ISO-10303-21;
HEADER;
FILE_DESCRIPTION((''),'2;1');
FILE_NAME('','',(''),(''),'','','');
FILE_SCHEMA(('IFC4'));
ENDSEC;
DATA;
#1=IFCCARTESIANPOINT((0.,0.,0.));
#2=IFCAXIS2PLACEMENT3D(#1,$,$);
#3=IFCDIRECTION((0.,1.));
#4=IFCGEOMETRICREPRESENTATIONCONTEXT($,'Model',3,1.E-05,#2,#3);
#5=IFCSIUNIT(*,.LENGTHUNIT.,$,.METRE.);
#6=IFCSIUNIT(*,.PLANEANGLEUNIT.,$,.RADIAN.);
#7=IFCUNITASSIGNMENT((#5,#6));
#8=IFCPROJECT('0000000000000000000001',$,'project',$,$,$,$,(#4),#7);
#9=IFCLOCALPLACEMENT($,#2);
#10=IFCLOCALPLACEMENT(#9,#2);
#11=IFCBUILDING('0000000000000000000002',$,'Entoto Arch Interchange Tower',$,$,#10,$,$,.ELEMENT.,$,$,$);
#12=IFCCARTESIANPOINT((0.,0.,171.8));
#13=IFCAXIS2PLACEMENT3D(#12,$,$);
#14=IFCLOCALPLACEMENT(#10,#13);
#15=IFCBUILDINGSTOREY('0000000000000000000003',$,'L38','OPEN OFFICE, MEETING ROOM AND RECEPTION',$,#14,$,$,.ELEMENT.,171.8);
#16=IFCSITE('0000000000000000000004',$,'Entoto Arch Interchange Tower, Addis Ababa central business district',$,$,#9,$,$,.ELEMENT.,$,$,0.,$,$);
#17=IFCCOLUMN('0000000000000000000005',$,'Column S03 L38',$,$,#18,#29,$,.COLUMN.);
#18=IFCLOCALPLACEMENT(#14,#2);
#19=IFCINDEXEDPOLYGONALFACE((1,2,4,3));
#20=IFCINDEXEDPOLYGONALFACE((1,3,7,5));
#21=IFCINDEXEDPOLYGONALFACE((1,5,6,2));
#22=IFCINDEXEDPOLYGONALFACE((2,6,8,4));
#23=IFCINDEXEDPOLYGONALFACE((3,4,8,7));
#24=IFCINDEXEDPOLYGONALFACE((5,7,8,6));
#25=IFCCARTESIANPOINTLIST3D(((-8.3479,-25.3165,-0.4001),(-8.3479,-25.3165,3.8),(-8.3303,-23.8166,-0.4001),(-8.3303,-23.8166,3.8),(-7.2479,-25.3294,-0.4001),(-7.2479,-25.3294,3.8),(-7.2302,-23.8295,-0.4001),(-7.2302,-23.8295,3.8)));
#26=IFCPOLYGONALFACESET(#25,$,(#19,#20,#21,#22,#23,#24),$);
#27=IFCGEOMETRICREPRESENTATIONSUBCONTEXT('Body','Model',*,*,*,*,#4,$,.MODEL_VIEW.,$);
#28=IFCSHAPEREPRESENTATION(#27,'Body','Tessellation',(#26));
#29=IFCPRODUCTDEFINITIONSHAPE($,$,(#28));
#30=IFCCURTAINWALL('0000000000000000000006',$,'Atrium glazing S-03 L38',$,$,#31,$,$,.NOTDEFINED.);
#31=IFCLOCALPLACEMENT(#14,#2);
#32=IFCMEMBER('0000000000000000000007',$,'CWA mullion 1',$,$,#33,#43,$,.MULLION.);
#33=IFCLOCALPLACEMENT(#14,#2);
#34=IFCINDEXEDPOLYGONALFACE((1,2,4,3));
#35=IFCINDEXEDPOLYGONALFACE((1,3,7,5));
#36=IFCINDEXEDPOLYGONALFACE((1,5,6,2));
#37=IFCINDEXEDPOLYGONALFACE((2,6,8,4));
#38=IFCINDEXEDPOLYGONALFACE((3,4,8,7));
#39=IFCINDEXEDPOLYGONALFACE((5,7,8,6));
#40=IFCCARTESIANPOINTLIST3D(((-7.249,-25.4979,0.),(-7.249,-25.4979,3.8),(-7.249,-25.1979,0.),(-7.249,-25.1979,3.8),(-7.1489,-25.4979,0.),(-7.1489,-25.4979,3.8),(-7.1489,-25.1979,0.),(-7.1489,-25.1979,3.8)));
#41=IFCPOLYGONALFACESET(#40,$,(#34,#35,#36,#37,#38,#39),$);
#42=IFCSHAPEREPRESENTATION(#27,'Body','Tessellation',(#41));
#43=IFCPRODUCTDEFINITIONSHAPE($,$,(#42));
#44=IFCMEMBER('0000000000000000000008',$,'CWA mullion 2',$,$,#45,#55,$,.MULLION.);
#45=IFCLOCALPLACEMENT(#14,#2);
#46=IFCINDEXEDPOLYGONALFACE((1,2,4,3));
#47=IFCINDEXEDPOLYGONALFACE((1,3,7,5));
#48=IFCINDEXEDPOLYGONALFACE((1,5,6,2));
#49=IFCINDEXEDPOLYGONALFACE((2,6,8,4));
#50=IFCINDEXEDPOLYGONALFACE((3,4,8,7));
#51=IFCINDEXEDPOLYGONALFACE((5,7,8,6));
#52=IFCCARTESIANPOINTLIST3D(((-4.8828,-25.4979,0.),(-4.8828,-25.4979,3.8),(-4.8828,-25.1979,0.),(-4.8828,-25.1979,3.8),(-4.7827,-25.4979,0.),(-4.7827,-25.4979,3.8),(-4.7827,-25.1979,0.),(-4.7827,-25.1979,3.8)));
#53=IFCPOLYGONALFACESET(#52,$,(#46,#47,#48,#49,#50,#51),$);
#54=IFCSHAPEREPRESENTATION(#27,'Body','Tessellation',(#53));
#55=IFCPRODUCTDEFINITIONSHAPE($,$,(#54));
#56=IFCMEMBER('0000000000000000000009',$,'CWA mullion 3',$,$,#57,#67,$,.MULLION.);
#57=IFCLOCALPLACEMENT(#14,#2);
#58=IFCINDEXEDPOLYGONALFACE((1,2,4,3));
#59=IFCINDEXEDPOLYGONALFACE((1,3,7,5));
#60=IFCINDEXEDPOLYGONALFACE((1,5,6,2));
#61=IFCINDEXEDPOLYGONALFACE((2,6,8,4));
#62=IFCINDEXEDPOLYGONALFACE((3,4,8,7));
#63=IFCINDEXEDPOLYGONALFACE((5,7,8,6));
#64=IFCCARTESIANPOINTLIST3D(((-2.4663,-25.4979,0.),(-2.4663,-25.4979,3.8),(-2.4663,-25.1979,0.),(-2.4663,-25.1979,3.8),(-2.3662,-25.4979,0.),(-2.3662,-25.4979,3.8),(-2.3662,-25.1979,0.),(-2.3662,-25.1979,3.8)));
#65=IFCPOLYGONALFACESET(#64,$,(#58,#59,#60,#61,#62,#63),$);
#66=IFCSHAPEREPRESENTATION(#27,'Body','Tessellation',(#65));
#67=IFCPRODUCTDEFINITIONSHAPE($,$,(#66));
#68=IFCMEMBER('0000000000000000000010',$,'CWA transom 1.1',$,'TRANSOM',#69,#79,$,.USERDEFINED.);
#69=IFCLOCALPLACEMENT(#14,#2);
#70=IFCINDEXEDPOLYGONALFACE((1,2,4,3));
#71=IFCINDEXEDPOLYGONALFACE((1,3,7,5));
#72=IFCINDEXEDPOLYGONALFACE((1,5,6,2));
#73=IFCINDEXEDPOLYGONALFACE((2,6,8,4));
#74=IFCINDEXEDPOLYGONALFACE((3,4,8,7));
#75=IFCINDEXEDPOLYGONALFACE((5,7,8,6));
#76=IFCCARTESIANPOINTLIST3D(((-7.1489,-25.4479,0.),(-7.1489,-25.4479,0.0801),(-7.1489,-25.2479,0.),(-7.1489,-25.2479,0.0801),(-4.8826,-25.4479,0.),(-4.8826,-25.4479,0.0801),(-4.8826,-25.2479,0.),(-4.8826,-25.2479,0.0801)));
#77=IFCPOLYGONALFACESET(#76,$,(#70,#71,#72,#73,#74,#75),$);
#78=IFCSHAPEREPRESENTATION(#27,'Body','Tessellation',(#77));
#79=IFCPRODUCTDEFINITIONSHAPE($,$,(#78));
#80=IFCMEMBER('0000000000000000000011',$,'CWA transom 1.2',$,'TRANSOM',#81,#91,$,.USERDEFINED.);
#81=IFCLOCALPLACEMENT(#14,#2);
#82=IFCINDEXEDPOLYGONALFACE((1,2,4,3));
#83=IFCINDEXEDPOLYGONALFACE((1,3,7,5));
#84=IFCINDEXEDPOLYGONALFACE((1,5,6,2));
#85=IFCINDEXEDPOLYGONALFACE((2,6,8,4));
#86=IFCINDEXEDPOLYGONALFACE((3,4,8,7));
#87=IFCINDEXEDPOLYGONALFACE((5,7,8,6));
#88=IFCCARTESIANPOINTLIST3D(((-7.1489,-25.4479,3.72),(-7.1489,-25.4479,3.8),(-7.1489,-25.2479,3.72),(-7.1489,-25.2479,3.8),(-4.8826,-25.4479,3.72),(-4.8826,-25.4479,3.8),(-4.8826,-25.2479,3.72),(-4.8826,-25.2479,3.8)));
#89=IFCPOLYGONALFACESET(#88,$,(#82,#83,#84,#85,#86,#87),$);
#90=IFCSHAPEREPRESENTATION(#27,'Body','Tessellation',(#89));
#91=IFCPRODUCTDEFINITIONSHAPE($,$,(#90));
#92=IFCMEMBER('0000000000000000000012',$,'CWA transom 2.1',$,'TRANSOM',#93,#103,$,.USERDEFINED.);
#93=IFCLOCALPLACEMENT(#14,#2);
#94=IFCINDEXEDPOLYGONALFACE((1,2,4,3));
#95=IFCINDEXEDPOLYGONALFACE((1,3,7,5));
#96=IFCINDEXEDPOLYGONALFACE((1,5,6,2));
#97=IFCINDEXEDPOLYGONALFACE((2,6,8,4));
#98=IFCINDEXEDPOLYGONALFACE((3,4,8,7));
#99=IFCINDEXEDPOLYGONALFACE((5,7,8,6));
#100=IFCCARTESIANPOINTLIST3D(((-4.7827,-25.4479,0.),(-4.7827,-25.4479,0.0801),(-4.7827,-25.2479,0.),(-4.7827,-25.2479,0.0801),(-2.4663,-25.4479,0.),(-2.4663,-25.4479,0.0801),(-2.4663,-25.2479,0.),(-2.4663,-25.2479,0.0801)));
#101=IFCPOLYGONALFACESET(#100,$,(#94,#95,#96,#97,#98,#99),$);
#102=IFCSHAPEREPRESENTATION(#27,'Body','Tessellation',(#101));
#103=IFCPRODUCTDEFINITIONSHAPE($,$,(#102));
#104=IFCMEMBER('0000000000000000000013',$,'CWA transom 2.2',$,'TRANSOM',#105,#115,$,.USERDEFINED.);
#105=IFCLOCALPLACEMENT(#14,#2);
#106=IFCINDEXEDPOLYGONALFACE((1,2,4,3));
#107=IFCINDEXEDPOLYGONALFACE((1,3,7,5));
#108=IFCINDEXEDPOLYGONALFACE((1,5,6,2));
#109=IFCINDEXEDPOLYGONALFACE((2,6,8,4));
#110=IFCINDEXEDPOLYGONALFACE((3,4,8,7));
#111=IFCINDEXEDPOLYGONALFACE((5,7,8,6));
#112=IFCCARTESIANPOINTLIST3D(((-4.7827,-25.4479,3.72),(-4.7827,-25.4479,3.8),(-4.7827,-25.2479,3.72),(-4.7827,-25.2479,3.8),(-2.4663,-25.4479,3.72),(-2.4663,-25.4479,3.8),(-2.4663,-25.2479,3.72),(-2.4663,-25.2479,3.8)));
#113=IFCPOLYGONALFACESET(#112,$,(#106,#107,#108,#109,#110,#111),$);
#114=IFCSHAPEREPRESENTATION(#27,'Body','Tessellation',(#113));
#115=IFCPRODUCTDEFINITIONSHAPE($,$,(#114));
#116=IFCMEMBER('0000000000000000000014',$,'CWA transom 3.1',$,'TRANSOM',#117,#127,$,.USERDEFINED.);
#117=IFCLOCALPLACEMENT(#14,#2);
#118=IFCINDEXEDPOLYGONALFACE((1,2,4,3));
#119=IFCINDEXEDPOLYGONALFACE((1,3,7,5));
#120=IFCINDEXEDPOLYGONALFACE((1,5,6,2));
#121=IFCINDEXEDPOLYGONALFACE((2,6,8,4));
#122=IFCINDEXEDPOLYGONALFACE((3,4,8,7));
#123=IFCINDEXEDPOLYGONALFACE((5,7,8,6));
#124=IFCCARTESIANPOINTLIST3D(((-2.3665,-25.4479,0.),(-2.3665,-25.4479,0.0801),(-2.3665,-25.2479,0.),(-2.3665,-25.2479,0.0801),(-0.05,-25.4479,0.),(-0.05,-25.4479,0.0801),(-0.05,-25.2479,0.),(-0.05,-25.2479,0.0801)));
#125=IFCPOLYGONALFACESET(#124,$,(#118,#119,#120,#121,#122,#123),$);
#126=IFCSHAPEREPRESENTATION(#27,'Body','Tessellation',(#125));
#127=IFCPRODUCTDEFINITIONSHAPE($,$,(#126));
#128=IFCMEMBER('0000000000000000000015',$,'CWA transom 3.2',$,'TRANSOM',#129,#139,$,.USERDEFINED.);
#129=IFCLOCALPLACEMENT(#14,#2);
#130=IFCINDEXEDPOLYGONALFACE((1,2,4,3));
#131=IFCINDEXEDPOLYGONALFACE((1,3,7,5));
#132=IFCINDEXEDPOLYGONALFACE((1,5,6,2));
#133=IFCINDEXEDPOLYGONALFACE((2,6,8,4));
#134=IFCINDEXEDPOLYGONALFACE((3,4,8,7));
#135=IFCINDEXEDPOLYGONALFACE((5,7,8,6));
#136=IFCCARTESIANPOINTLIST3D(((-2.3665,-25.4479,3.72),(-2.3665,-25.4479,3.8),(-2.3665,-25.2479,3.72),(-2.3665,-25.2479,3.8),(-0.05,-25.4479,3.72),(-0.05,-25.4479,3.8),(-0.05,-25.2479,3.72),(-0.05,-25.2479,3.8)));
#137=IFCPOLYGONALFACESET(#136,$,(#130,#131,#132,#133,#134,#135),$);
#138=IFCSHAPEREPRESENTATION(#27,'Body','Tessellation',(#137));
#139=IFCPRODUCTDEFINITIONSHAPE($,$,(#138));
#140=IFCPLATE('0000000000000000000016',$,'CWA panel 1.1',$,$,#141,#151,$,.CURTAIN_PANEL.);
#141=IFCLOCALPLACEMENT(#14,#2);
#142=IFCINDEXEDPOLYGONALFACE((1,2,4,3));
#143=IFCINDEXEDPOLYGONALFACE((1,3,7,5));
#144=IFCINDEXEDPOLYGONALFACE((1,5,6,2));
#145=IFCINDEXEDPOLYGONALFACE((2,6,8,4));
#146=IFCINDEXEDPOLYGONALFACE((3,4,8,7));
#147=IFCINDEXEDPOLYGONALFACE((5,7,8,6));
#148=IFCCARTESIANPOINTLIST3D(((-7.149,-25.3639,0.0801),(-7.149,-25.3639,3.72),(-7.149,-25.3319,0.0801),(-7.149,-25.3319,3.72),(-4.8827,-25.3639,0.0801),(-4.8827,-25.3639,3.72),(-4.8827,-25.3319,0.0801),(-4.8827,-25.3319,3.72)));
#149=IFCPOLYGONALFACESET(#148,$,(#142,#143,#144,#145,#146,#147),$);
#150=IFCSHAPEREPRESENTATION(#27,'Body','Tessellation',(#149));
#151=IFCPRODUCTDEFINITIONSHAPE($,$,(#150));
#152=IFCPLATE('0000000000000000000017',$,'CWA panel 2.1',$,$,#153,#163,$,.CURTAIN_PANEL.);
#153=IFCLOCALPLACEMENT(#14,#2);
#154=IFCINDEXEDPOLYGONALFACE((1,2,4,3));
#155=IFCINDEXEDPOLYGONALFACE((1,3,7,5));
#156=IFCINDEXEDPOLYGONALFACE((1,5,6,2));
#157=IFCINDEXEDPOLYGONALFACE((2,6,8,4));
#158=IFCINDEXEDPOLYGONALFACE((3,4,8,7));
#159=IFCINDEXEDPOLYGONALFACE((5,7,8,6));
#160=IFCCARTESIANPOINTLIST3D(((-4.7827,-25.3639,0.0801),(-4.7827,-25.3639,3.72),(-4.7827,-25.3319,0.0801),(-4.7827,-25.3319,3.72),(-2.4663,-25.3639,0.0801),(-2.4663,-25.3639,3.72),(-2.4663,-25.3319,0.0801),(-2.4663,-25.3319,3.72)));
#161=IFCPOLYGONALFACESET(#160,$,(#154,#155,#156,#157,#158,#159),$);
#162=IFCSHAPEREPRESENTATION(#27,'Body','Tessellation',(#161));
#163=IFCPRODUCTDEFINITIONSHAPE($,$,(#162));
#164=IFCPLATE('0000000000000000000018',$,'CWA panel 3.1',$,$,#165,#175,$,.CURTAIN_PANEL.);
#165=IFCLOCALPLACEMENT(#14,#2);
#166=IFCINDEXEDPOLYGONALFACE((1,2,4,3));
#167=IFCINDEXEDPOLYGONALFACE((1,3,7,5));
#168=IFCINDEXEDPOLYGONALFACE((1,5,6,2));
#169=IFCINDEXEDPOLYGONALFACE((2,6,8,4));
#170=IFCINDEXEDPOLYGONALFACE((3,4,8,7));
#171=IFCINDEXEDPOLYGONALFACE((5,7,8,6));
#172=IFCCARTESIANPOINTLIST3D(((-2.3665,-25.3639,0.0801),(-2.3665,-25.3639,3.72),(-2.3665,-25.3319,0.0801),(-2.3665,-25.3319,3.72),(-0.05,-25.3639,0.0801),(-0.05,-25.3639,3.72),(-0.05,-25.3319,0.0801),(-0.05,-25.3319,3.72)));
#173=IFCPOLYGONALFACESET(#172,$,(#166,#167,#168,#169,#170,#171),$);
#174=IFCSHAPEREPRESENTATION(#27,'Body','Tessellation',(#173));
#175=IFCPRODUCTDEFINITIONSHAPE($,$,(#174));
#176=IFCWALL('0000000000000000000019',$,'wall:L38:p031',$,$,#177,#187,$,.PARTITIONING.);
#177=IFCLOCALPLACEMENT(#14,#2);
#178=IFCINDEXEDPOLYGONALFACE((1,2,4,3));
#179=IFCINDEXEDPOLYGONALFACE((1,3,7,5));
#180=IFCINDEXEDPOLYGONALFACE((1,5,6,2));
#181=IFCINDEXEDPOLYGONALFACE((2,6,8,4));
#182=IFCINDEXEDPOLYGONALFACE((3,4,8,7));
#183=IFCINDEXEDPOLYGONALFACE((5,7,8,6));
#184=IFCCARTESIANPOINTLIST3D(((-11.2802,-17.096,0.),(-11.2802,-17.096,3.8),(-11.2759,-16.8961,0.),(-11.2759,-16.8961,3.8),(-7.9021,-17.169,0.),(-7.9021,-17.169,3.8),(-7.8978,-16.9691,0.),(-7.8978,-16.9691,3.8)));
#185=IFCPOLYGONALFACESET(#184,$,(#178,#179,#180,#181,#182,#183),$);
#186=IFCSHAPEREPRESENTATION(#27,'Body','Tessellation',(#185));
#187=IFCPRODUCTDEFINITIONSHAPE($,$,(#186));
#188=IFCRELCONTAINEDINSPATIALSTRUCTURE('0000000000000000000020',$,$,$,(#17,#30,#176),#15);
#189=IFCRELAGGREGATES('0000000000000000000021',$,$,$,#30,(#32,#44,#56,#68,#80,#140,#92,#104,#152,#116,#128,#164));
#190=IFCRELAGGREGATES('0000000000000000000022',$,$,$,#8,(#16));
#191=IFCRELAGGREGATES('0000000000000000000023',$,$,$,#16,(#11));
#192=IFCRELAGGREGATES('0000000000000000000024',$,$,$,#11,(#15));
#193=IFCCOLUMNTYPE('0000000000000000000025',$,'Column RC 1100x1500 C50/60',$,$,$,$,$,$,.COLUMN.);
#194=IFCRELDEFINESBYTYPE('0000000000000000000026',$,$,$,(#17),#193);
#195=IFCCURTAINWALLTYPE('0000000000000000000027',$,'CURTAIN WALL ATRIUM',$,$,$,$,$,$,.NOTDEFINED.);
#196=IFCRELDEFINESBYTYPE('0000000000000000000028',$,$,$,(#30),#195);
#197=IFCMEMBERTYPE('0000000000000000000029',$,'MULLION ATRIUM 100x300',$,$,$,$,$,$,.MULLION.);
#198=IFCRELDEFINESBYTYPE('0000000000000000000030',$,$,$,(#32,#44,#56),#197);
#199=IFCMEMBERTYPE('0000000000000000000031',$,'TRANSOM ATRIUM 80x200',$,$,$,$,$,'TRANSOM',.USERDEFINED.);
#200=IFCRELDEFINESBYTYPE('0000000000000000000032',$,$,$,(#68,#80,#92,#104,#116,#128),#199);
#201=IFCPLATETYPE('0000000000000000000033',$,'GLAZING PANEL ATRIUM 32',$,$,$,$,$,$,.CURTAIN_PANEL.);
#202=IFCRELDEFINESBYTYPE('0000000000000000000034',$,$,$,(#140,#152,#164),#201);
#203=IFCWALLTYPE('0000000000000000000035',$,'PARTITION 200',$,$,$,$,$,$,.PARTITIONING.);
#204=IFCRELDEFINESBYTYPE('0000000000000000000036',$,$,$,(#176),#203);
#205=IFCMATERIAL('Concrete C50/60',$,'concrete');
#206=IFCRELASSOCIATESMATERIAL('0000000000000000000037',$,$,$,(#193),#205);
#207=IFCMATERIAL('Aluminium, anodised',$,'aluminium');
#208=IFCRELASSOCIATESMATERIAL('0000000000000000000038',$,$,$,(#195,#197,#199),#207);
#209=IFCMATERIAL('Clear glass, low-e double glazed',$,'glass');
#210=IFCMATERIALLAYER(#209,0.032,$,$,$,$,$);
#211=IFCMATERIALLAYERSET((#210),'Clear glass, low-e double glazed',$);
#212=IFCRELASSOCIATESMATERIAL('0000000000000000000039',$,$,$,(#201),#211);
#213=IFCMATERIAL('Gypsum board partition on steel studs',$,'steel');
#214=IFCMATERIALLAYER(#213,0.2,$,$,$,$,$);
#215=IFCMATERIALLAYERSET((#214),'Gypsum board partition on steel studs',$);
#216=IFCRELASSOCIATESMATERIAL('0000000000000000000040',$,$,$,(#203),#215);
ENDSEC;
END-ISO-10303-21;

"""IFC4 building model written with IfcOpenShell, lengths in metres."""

from ifc_helpers import new_model, si_unit, direction, frame, frame_2d, origin, origin_2d, place, context, subcontext, project, spatial, rectangle, extrude, material, layer, layer_set, material_profile, profile_set, type_object, element, aggregate, save


model = new_model("IFC4")

# Units and contexts
model_context = context("Model", 3, precision=1e-05, world=origin(), true_north=direction((0.0, 1.0)))
body_context = subcontext(model_context, "Body", "Model", "MODEL_VIEW")
ifc_project = project(units=[si_unit("LENGTHUNIT", "METRE"), si_unit("PLANEANGLEUNIT", "RADIAN")], contexts=[model_context])

# Site, building, storey
site_placement = place(None, origin())
site = spatial("IfcSite", under=ifc_project, at=site_placement, Name="Entoto Arch Interchange Tower, Addis Ababa central business district", CompositionType="ELEMENT", RefElevation=0.0)
building_placement = place(site_placement, origin())
building = spatial("IfcBuilding", under=site, at=building_placement, Name="Entoto Arch Interchange Tower", CompositionType="ELEMENT")
storey_placement = place(building_placement, frame((0.0, 0.0, 171.8)))
storey = spatial("IfcBuildingStorey", under=building, at=storey_placement, Name="L38", Description="OPEN OFFICE, MEETING ROOM AND RECEPTION", CompositionType="ELEMENT", Elevation=171.8)

# Column
ifc_material_1 = material(Name="Concrete C50/60", Category="concrete")
ifc_material_profile_1 = material_profile(ifc_material_1, rectangle(XDim=1.1001, YDim=1.5, at=origin_2d()))
ifc_profile_set_1 = profile_set([ifc_material_profile_1], Name="Concrete C50/60")
column_type = type_object("IfcColumnType", Name="Column RC 1100x1500 C50/60", PredefinedType="COLUMN", material=ifc_profile_set_1)
column_placement = place(storey_placement, frame((-7.7891, -24.573, -0.4001), z_axis=(0.0, 0.0, 1.0), x_axis=(-0.999931, 0.011746, 0.0)))
element("IfcColumn", 1, at=column_placement, inside=storey, type_object=column_type, Name="Column S03 L38", PredefinedType="COLUMN", context=body_context, shape_type="SweptSolid", body=[
    extrude(rectangle(XDim=1.1001, YDim=1.5, at=origin_2d()), origin(), (0.0, 0.0, 1.0), 4.2002),
])

# Curtain wall, members, plates
ifc_material_2 = material(Name="Aluminium, anodised", Category="aluminium")
curtain_wall_type = type_object("IfcCurtainWallType", Name="CURTAIN WALL ATRIUM", PredefinedType="NOTDEFINED", material=ifc_material_2)
curtain_wall_placement = place(storey_placement, origin())
curtain_wall = element("IfcCurtainWall", 2, at=curtain_wall_placement, inside=storey, type_object=curtain_wall_type, Name="Atrium glazing S-03 L38", PredefinedType="NOTDEFINED")
ifc_material_profile_2 = material_profile(ifc_material_2, rectangle(XDim=0.3, YDim=0.1001, at=origin_2d()))
ifc_profile_set_2 = profile_set([ifc_material_profile_2], Name="Aluminium, anodised")
member_type_1 = type_object("IfcMemberType", Name="MULLION ATRIUM 100x300", PredefinedType="MULLION", material=ifc_profile_set_2)
member_1_placement = place(storey_placement, frame((-7.199, -25.3479, 0.0), z_axis=(0.0, 0.0, 1.0), x_axis=(0.0, 1.0, 0.0)))
member_1 = element("IfcMember", 3, at=member_1_placement, type_object=member_type_1, Name="CWA mullion 1", PredefinedType="MULLION", context=body_context, shape_type="SweptSolid", body=[
    extrude(rectangle(XDim=0.3, YDim=0.1001, at=origin_2d()), origin(), (0.0, 0.0, 1.0), 3.8),
])
member_2_placement = place(storey_placement, frame((-4.8328, -25.3479, 0.0), z_axis=(0.0, 0.0, 1.0), x_axis=(0.0, 1.0, 0.0)))
member_2 = element("IfcMember", 4, at=member_2_placement, type_object=member_type_1, Name="CWA mullion 2", PredefinedType="MULLION", context=body_context, shape_type="SweptSolid", body=[
    extrude(rectangle(XDim=0.3, YDim=0.1001, at=origin_2d()), origin(), (0.0, 0.0, 1.0), 3.8),
])
member_3_placement = place(storey_placement, frame((-2.4163, -25.3479, 0.0), z_axis=(0.0, 0.0, 1.0), x_axis=(0.0, 1.0, 0.0)))
member_3 = element("IfcMember", 5, at=member_3_placement, type_object=member_type_1, Name="CWA mullion 3", PredefinedType="MULLION", context=body_context, shape_type="SweptSolid", body=[
    extrude(rectangle(XDim=0.3, YDim=0.1001, at=origin_2d()), origin(), (0.0, 0.0, 1.0), 3.8),
])
ifc_material_profile_3 = material_profile(ifc_material_2, rectangle(XDim=0.2, YDim=0.0801, at=origin_2d()))
ifc_profile_set_3 = profile_set([ifc_material_profile_3], Name="Aluminium, anodised")
member_type_2 = type_object("IfcMemberType", Name="TRANSOM ATRIUM 80x200", ElementType="TRANSOM", PredefinedType="USERDEFINED", material=ifc_profile_set_3)
member_4_placement = place(storey_placement, frame((-7.1489, -25.3479, 0.04), z_axis=(1.0, 0.0, 0.0), x_axis=(0.0, 1.0, 0.0)))
member_4 = element("IfcMember", 6, at=member_4_placement, type_object=member_type_2, Name="CWA transom 1.1", ObjectType="TRANSOM", PredefinedType="USERDEFINED", context=body_context, shape_type="SweptSolid", body=[
    extrude(rectangle(XDim=0.2, YDim=0.0801, at=origin_2d()), origin(), (0.0, 0.0, 1.0), 2.2664),
])
member_5_placement = place(storey_placement, frame((-7.1489, -25.3479, 3.76), z_axis=(1.0, 0.0, 0.0), x_axis=(0.0, 1.0, 0.0)))
member_5 = element("IfcMember", 7, at=member_5_placement, type_object=member_type_2, Name="CWA transom 1.2", ObjectType="TRANSOM", PredefinedType="USERDEFINED", context=body_context, shape_type="SweptSolid", body=[
    extrude(rectangle(XDim=0.2, YDim=0.0801, at=origin_2d()), origin(), (0.0, 0.0, 1.0), 2.2664),
])
member_6_placement = place(storey_placement, frame((-4.7827, -25.3479, 0.04), z_axis=(1.0, 0.0, 0.0), x_axis=(0.0, 1.0, 0.0)))
member_6 = element("IfcMember", 8, at=member_6_placement, type_object=member_type_2, Name="CWA transom 2.1", ObjectType="TRANSOM", PredefinedType="USERDEFINED", context=body_context, shape_type="SweptSolid", body=[
    extrude(rectangle(XDim=0.2, YDim=0.0801, at=origin_2d()), origin(), (0.0, 0.0, 1.0), 2.3164),
])
member_7_placement = place(storey_placement, frame((-4.7827, -25.3479, 3.76), z_axis=(1.0, 0.0, 0.0), x_axis=(0.0, 1.0, 0.0)))
member_7 = element("IfcMember", 9, at=member_7_placement, type_object=member_type_2, Name="CWA transom 2.2", ObjectType="TRANSOM", PredefinedType="USERDEFINED", context=body_context, shape_type="SweptSolid", body=[
    extrude(rectangle(XDim=0.2, YDim=0.0801, at=origin_2d()), origin(), (0.0, 0.0, 1.0), 2.3164),
])
member_8_placement = place(storey_placement, frame((-2.3665, -25.3479, 0.04), z_axis=(1.0, 0.0, 0.0), x_axis=(0.0, 1.0, 0.0)))
member_8 = element("IfcMember", 10, at=member_8_placement, type_object=member_type_2, Name="CWA transom 3.1", ObjectType="TRANSOM", PredefinedType="USERDEFINED", context=body_context, shape_type="SweptSolid", body=[
    extrude(rectangle(XDim=0.2, YDim=0.0801, at=origin_2d()), origin(), (0.0, 0.0, 1.0), 2.3164),
])
member_9_placement = place(storey_placement, frame((-2.3665, -25.3479, 3.76), z_axis=(1.0, 0.0, 0.0), x_axis=(0.0, 1.0, 0.0)))
member_9 = element("IfcMember", 11, at=member_9_placement, type_object=member_type_2, Name="CWA transom 3.2", ObjectType="TRANSOM", PredefinedType="USERDEFINED", context=body_context, shape_type="SweptSolid", body=[
    extrude(rectangle(XDim=0.2, YDim=0.0801, at=origin_2d()), origin(), (0.0, 0.0, 1.0), 2.3164),
])
ifc_material_3 = material(Name="Clear glass, low-e double glazed", Category="glass")
ifc_layer_1 = layer(ifc_material_3, 0.032)
ifc_layer_set_1 = layer_set([ifc_layer_1], Name="Clear glass, low-e double glazed")
plate_type = type_object("IfcPlateType", Name="GLAZING PANEL ATRIUM 32", PredefinedType="CURTAIN_PANEL", material=ifc_layer_set_1)
plate_1_placement = place(storey_placement, frame((-6.0159, -25.3479, 0.0801), z_axis=(0.0, 0.0, 1.0), x_axis=(1.0, 0.0, 0.0)))
plate_1 = element("IfcPlate", 12, at=plate_1_placement, type_object=plate_type, Name="CWA panel 1.1", PredefinedType="CURTAIN_PANEL", context=body_context, shape_type="SweptSolid", body=[
    extrude(rectangle(XDim=2.2664, YDim=0.032, at=origin_2d()), origin(), (0.0, 0.0, 1.0), 3.6399),
])
plate_2_placement = place(storey_placement, frame((-3.6245, -25.3479, 0.0801), z_axis=(0.0, 0.0, 1.0), x_axis=(1.0, 0.0, 0.0)))
plate_2 = element("IfcPlate", 13, at=plate_2_placement, type_object=plate_type, Name="CWA panel 2.1", PredefinedType="CURTAIN_PANEL", context=body_context, shape_type="SweptSolid", body=[
    extrude(rectangle(XDim=2.3164, YDim=0.032, at=origin_2d()), origin(), (0.0, 0.0, 1.0), 3.6399),
])
plate_3_placement = place(storey_placement, frame((-1.2083, -25.3479, 0.0801), z_axis=(0.0, 0.0, 1.0), x_axis=(1.0, 0.0, 0.0)))
plate_3 = element("IfcPlate", 14, at=plate_3_placement, type_object=plate_type, Name="CWA panel 3.1", PredefinedType="CURTAIN_PANEL", context=body_context, shape_type="SweptSolid", body=[
    extrude(rectangle(XDim=2.3164, YDim=0.032, at=origin_2d()), origin(), (0.0, 0.0, 1.0), 3.6399),
])
aggregate(curtain_wall, [member_1, member_2, member_3, member_4, member_5, plate_1, member_6, member_7, plate_2, member_8, member_9, plate_3])

# Wall
ifc_material_4 = material(Name="Gypsum board partition on steel studs", Category="steel")
ifc_layer_2 = layer(ifc_material_4, 0.2)
ifc_layer_set_2 = layer_set([ifc_layer_2], Name="Gypsum board partition on steel studs")
wall_type_1 = type_object("IfcWallType", Name="PARTITION 200", PredefinedType="PARTITIONING", material=ifc_layer_set_2)
wall_1_placement = place(storey_placement, frame((-11.2781, -16.9961, 0.0), z_axis=(0.0, 0.0, 1.0), x_axis=(0.999767, -0.021604, 0.0)))
element("IfcWall", 15, at=wall_1_placement, inside=storey, type_object=wall_type_1, Name="wall:L38:p031", PredefinedType="PARTITIONING", context=body_context, shape_type="SweptSolid", body=[
    extrude(rectangle(XDim=3.3789, YDim=0.2, at=frame_2d((1.6895, 0.0))), origin(), (0.0, 0.0, 1.0), 3.8),
])

save(model, "model.ifc")
